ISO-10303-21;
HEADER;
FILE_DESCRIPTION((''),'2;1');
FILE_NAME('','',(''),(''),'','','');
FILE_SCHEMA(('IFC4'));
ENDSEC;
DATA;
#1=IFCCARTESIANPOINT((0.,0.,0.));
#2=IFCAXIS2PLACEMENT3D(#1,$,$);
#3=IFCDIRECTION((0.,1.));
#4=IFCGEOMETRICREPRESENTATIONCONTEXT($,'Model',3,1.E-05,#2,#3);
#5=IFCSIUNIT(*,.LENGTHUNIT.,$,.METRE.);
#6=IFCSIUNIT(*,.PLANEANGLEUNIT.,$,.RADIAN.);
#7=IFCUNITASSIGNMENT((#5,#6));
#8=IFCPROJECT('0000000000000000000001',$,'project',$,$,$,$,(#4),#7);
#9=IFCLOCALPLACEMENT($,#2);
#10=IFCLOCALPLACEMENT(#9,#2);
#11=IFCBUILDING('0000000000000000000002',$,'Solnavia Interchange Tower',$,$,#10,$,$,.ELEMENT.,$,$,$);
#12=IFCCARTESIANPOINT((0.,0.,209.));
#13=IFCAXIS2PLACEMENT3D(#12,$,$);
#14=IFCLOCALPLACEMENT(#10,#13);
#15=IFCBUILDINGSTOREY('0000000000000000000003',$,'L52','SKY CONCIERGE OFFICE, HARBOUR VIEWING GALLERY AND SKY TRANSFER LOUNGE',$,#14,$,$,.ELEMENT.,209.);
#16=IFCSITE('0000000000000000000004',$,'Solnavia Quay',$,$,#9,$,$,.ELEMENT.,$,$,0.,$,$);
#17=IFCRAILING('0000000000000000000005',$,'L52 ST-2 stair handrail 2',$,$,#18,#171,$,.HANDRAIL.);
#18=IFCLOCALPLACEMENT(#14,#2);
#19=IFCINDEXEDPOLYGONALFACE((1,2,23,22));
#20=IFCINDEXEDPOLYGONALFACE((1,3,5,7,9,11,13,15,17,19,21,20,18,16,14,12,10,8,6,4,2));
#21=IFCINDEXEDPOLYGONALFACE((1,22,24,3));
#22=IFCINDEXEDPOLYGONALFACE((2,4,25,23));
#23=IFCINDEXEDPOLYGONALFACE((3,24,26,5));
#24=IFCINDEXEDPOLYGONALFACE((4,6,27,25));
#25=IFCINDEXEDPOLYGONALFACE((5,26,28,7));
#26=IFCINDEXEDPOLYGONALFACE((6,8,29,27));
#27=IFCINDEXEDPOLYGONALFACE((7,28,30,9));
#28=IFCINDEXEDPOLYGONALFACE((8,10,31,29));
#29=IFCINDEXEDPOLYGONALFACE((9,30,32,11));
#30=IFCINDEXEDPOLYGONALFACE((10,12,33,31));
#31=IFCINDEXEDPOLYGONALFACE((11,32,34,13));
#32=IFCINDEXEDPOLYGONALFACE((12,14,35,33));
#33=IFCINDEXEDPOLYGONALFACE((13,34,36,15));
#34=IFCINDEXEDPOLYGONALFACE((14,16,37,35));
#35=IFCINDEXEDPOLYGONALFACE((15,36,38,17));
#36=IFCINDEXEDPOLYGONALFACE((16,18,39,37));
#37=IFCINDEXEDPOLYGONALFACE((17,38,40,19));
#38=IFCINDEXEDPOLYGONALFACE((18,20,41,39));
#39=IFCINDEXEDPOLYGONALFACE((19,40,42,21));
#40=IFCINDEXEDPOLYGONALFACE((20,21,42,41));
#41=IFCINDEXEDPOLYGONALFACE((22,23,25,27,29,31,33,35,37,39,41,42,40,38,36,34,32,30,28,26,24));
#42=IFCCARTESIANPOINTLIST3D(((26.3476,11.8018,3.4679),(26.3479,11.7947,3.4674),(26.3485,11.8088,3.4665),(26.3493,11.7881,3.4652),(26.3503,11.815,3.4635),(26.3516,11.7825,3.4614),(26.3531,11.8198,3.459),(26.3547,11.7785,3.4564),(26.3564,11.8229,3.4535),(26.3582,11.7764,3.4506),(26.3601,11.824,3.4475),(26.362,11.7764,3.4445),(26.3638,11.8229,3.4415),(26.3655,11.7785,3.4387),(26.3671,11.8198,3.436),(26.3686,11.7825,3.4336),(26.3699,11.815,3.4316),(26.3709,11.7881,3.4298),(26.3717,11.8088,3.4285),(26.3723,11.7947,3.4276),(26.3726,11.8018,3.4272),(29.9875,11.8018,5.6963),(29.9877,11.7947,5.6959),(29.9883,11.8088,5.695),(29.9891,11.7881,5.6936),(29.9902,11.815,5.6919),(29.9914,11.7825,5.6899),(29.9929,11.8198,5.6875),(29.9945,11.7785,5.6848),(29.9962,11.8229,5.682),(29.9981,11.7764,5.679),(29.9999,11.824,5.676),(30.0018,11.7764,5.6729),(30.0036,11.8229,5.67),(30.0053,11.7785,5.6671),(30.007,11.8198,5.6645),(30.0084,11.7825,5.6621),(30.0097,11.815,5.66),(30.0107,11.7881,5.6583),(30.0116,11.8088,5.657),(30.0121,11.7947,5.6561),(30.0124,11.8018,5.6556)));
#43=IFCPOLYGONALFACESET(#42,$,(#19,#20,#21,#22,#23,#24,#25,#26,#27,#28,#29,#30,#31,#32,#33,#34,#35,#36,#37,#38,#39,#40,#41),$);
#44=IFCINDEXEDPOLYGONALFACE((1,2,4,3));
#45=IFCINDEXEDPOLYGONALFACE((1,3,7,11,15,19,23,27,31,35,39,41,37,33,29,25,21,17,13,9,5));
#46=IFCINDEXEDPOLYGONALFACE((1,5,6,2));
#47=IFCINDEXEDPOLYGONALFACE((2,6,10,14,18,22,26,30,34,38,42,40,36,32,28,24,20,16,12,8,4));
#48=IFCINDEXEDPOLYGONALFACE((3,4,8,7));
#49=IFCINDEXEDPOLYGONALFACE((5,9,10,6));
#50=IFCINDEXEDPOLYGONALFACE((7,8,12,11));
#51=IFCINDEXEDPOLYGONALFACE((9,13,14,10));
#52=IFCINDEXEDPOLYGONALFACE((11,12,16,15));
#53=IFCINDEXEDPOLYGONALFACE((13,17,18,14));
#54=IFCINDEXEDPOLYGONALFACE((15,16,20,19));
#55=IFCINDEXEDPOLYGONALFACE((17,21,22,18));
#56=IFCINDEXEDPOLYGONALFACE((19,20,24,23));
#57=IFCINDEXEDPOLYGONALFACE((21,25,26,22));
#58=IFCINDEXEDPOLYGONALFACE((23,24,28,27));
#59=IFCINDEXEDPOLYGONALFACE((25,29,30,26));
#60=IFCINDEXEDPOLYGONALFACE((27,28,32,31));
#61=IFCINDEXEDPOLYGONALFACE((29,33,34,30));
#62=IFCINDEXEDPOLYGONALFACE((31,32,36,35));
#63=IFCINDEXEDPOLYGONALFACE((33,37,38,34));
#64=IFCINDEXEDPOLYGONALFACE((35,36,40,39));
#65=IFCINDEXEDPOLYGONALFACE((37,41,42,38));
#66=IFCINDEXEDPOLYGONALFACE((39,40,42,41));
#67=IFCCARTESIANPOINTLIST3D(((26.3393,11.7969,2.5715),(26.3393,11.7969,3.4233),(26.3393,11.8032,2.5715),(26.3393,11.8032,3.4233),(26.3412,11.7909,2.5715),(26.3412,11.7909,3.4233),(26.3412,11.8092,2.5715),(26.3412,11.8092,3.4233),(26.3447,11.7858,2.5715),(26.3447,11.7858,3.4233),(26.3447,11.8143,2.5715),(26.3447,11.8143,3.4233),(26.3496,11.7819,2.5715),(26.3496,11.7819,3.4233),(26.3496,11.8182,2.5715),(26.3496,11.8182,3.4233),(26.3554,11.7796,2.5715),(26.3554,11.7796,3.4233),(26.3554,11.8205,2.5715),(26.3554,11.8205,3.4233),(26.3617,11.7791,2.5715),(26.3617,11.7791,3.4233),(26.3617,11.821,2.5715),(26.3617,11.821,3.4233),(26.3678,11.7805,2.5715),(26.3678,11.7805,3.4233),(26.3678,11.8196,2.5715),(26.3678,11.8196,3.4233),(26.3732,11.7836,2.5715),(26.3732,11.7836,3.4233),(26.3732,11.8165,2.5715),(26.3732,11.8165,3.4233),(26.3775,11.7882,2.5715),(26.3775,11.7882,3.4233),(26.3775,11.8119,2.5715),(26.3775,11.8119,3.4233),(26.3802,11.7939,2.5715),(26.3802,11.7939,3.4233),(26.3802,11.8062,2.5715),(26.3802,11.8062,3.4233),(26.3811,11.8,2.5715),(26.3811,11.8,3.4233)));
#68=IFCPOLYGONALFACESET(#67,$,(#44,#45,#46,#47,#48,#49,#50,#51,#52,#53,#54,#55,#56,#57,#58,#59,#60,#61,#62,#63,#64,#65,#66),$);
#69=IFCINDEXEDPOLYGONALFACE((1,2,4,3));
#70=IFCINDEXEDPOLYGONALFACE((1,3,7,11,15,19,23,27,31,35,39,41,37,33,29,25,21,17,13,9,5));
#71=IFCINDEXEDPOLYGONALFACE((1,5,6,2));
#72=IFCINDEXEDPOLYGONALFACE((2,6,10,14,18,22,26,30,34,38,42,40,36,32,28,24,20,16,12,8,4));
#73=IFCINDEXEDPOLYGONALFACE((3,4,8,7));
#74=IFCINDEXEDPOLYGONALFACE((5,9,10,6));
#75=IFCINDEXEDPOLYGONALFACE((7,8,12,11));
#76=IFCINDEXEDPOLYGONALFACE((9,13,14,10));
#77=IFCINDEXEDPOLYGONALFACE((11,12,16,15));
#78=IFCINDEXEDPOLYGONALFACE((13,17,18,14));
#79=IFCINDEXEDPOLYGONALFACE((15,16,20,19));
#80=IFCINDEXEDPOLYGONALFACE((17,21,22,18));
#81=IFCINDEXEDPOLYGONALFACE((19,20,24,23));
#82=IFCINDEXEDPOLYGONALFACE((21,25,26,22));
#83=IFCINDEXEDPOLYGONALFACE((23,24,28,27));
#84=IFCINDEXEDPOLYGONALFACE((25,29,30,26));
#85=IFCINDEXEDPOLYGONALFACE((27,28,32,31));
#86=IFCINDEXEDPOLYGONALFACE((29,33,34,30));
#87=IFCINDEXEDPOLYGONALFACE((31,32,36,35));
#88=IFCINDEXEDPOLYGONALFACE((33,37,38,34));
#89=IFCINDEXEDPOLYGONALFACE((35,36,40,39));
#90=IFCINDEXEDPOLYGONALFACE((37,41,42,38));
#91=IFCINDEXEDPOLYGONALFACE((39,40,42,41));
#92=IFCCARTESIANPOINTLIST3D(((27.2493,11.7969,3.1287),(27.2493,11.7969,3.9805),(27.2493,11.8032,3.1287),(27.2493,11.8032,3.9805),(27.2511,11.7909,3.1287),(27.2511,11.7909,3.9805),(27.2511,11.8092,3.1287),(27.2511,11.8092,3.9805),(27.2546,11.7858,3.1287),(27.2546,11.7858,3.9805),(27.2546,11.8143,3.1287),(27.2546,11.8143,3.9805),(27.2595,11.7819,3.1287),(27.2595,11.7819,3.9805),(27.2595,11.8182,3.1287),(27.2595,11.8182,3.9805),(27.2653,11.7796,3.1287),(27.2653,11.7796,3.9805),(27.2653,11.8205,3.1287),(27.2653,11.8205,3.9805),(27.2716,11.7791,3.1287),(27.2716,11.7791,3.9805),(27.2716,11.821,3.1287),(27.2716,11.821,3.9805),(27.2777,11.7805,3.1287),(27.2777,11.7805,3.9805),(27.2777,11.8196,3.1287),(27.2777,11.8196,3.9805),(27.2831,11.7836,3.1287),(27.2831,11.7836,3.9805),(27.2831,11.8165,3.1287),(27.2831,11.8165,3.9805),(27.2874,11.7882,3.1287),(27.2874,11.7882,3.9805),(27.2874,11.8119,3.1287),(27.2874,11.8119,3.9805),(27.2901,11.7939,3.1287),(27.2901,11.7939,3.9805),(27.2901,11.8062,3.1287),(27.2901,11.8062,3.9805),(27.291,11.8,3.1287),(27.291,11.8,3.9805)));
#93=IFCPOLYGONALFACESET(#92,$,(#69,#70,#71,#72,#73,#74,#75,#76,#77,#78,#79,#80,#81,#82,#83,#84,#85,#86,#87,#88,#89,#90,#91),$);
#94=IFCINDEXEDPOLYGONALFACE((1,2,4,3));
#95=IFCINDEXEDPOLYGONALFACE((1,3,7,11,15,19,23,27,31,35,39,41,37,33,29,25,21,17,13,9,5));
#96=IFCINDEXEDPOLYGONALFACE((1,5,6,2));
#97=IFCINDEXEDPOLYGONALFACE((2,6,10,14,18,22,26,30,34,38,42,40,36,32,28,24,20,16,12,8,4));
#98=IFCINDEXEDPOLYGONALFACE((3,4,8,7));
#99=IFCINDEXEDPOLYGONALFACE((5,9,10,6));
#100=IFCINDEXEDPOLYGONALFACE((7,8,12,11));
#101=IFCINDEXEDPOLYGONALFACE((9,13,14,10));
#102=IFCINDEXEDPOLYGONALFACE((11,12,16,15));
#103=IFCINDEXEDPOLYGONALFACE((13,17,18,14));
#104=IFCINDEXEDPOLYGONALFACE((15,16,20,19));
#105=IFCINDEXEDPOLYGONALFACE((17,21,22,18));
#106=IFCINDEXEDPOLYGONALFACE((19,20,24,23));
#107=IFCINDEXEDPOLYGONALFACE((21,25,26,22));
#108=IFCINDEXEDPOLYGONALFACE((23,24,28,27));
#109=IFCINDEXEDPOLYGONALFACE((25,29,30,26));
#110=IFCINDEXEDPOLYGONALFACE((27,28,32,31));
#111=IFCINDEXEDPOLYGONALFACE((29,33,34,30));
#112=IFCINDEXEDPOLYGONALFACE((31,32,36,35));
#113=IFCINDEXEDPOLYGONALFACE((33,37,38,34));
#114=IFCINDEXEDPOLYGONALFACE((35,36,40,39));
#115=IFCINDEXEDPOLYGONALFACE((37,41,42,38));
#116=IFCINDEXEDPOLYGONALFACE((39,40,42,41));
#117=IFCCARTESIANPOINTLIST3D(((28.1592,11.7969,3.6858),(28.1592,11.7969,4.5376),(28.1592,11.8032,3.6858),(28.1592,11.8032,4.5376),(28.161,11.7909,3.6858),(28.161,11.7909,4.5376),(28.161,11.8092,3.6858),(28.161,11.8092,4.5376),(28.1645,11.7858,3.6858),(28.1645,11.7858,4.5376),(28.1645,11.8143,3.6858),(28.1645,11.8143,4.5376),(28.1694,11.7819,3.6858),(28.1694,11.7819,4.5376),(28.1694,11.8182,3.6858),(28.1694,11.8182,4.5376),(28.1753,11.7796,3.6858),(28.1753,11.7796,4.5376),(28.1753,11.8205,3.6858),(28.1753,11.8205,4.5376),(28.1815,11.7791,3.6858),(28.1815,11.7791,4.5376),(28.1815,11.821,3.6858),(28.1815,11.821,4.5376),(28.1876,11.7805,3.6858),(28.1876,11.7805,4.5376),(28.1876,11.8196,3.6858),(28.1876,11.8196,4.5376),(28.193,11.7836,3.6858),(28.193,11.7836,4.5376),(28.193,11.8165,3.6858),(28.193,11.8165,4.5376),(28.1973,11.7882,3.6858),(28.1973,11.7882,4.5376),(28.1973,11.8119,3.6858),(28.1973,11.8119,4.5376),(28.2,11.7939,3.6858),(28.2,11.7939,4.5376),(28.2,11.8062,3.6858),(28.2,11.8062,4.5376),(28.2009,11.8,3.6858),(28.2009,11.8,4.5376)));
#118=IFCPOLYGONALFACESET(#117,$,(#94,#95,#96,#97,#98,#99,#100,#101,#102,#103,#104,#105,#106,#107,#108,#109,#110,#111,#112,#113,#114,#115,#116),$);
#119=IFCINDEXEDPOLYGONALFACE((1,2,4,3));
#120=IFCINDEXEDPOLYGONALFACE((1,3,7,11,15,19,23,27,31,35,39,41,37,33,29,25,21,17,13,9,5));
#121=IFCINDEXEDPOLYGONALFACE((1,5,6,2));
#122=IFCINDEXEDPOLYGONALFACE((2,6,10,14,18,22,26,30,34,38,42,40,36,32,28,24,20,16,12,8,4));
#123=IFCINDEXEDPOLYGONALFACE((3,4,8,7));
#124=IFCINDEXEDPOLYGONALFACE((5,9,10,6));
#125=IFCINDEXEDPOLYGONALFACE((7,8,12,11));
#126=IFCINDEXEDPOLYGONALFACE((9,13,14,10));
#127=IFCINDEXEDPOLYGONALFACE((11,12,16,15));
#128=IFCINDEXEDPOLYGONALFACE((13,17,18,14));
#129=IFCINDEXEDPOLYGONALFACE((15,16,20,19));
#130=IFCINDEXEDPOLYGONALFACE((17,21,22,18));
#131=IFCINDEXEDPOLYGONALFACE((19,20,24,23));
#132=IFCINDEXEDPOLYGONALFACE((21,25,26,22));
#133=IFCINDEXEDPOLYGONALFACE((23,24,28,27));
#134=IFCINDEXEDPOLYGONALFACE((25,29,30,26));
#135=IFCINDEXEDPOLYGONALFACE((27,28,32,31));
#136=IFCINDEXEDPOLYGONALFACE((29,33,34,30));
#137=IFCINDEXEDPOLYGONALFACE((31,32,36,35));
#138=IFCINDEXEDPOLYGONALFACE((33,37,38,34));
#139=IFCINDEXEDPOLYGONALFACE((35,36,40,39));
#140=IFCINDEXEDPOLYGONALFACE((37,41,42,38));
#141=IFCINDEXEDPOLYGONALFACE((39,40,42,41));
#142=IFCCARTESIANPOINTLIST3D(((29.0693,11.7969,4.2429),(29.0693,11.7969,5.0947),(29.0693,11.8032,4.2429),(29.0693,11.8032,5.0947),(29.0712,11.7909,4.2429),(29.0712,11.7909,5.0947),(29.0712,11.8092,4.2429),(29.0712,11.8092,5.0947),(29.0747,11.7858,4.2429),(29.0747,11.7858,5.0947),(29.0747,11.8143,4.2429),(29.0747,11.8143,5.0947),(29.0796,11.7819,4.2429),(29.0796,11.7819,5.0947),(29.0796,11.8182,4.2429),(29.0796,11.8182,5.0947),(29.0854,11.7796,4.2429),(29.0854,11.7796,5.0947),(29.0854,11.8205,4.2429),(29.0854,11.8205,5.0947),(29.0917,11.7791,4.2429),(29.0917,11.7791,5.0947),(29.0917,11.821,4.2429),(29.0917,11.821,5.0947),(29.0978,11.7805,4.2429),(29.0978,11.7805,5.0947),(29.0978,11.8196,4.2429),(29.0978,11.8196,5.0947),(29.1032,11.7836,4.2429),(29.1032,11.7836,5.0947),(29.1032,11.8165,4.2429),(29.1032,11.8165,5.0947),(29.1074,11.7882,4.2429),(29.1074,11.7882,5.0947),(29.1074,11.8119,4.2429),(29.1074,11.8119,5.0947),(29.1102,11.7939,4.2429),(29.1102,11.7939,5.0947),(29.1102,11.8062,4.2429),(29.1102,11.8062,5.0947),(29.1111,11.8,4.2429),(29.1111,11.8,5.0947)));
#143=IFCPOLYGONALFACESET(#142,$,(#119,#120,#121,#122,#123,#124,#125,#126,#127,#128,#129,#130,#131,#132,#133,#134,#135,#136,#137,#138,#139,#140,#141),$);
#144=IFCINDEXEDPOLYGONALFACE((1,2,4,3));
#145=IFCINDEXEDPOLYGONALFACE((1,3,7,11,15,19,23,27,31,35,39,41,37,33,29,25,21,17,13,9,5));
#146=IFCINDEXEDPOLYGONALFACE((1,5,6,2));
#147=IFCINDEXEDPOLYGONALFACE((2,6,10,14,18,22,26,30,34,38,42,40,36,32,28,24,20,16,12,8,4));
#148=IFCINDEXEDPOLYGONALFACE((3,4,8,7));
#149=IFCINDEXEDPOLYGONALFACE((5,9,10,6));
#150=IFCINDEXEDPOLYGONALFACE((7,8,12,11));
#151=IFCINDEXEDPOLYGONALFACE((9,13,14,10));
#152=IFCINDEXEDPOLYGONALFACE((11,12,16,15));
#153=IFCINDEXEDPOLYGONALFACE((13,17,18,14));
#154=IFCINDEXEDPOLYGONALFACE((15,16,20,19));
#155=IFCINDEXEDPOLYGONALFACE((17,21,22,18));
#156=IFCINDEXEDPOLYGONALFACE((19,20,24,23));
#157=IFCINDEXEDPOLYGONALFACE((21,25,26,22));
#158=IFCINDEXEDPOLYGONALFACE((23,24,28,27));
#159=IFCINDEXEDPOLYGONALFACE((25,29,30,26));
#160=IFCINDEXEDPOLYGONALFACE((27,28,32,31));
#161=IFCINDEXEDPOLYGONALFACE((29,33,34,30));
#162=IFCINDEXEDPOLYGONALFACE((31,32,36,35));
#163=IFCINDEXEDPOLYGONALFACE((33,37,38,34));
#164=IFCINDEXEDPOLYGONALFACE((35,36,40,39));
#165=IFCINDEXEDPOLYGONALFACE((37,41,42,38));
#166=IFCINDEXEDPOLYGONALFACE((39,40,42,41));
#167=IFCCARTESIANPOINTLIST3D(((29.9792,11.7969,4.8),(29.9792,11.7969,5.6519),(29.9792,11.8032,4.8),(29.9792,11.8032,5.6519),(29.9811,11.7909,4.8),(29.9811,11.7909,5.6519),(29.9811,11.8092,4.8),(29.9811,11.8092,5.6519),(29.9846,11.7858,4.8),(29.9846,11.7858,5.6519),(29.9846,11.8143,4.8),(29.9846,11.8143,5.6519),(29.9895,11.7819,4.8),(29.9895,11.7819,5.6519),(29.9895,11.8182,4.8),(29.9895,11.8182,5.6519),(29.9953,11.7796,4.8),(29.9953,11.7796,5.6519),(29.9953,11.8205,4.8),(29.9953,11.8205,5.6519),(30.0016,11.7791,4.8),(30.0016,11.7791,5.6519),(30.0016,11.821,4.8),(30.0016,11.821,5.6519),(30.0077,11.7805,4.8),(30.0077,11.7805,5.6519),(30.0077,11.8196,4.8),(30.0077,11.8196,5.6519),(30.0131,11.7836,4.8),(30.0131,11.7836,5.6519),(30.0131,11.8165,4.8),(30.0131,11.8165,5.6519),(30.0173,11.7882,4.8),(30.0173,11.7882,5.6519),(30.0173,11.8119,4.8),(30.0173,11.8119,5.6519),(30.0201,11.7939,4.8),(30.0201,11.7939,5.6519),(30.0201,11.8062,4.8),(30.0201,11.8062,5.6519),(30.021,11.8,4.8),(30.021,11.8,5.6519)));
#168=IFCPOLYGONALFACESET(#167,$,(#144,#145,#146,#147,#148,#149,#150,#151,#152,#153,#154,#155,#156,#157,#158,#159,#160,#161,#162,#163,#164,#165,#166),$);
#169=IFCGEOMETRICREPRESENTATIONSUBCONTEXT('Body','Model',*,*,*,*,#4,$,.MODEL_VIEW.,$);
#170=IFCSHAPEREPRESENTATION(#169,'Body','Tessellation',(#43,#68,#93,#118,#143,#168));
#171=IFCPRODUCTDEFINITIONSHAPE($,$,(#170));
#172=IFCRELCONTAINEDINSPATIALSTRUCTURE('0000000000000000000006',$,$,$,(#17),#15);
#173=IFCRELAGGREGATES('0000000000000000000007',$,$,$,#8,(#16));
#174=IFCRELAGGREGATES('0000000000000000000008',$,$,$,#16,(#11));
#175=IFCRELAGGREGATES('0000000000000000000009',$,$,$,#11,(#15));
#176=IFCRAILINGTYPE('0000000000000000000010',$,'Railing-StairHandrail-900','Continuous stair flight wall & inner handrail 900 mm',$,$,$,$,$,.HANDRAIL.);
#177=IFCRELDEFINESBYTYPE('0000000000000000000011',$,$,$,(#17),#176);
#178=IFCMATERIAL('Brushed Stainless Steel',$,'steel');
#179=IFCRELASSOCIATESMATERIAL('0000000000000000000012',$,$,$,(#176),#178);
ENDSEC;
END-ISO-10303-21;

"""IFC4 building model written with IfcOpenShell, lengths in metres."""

from ifc_helpers import new_model, si_unit, direction, frame, origin, origin_2d, place, context, subcontext, project, spatial, circle, extrude, material, type_object, element, save


model = new_model("IFC4")

# Units and contexts
model_context = context("Model", 3, precision=1e-05, world=origin(), true_north=direction((0.0, 1.0)))
body_context = subcontext(model_context, "Body", "Model", "MODEL_VIEW")
ifc_project = project(units=[si_unit("LENGTHUNIT", "METRE"), si_unit("PLANEANGLEUNIT", "RADIAN")], contexts=[model_context])

# Site, building, storey
site_placement = place(None, origin())
site = spatial("IfcSite", under=ifc_project, at=site_placement, Name="Solnavia Quay", CompositionType="ELEMENT", RefElevation=0.0)
building_placement = place(site_placement, origin())
building = spatial("IfcBuilding", under=site, at=building_placement, Name="Solnavia Interchange Tower", CompositionType="ELEMENT")
storey_placement = place(building_placement, frame((0.0, 0.0, 209.0)))
storey = spatial("IfcBuildingStorey", under=building, at=storey_placement, Name="L52", Description="SKY CONCIERGE OFFICE, HARBOUR VIEWING GALLERY AND SKY TRANSFER LOUNGE", CompositionType="ELEMENT", Elevation=209.0)

# Railing
ifc_material_1 = material(Name="Brushed Stainless Steel", Category="steel")
railing_type_1 = type_object("IfcRailingType", Name="Railing-StairHandrail-900", Description="Continuous stair flight wall & inner handrail 900 mm", PredefinedType="HANDRAIL", material=ifc_material_1)
railing_1_placement = place(storey_placement, frame((26.3601, 11.8, 2.5715)))
element("IfcRailing", 1, at=railing_1_placement, inside=storey, type_object=railing_type_1, Name="L52 ST-2 stair handrail 2", PredefinedType="HANDRAIL", context=body_context, shape_type="SweptSolid", body=[
    extrude(circle(Radius=0.0239, at=origin_2d()), frame((0.0, 0.0, 0.876), z_axis=(0.85285, 0.0, 0.522156), x_axis=(0.0, 1.0, 0.0)), (0.0, 0.0, 1.0), 4.2678),
    extrude(circle(Radius=0.021, at=origin_2d()), origin(), (0.0, 0.0, 1.0), 0.8518),
    extrude(circle(Radius=0.021, at=origin_2d()), frame((0.9099, 0.0, 0.5571)), (0.0, 0.0, 1.0), 0.8518),
    extrude(circle(Radius=0.021, at=origin_2d()), frame((1.8198, 0.0, 1.1143)), (0.0, 0.0, 1.0), 0.8518),
    extrude(circle(Radius=0.021, at=origin_2d()), frame((2.73, 0.0, 1.6714)), (0.0, 0.0, 1.0), 0.8518),
    extrude(circle(Radius=0.021, at=origin_2d()), frame((3.6399, 0.0, 2.2285)), (0.0, 0.0, 1.0), 0.8518),
])

save(model, "model.ifc")
